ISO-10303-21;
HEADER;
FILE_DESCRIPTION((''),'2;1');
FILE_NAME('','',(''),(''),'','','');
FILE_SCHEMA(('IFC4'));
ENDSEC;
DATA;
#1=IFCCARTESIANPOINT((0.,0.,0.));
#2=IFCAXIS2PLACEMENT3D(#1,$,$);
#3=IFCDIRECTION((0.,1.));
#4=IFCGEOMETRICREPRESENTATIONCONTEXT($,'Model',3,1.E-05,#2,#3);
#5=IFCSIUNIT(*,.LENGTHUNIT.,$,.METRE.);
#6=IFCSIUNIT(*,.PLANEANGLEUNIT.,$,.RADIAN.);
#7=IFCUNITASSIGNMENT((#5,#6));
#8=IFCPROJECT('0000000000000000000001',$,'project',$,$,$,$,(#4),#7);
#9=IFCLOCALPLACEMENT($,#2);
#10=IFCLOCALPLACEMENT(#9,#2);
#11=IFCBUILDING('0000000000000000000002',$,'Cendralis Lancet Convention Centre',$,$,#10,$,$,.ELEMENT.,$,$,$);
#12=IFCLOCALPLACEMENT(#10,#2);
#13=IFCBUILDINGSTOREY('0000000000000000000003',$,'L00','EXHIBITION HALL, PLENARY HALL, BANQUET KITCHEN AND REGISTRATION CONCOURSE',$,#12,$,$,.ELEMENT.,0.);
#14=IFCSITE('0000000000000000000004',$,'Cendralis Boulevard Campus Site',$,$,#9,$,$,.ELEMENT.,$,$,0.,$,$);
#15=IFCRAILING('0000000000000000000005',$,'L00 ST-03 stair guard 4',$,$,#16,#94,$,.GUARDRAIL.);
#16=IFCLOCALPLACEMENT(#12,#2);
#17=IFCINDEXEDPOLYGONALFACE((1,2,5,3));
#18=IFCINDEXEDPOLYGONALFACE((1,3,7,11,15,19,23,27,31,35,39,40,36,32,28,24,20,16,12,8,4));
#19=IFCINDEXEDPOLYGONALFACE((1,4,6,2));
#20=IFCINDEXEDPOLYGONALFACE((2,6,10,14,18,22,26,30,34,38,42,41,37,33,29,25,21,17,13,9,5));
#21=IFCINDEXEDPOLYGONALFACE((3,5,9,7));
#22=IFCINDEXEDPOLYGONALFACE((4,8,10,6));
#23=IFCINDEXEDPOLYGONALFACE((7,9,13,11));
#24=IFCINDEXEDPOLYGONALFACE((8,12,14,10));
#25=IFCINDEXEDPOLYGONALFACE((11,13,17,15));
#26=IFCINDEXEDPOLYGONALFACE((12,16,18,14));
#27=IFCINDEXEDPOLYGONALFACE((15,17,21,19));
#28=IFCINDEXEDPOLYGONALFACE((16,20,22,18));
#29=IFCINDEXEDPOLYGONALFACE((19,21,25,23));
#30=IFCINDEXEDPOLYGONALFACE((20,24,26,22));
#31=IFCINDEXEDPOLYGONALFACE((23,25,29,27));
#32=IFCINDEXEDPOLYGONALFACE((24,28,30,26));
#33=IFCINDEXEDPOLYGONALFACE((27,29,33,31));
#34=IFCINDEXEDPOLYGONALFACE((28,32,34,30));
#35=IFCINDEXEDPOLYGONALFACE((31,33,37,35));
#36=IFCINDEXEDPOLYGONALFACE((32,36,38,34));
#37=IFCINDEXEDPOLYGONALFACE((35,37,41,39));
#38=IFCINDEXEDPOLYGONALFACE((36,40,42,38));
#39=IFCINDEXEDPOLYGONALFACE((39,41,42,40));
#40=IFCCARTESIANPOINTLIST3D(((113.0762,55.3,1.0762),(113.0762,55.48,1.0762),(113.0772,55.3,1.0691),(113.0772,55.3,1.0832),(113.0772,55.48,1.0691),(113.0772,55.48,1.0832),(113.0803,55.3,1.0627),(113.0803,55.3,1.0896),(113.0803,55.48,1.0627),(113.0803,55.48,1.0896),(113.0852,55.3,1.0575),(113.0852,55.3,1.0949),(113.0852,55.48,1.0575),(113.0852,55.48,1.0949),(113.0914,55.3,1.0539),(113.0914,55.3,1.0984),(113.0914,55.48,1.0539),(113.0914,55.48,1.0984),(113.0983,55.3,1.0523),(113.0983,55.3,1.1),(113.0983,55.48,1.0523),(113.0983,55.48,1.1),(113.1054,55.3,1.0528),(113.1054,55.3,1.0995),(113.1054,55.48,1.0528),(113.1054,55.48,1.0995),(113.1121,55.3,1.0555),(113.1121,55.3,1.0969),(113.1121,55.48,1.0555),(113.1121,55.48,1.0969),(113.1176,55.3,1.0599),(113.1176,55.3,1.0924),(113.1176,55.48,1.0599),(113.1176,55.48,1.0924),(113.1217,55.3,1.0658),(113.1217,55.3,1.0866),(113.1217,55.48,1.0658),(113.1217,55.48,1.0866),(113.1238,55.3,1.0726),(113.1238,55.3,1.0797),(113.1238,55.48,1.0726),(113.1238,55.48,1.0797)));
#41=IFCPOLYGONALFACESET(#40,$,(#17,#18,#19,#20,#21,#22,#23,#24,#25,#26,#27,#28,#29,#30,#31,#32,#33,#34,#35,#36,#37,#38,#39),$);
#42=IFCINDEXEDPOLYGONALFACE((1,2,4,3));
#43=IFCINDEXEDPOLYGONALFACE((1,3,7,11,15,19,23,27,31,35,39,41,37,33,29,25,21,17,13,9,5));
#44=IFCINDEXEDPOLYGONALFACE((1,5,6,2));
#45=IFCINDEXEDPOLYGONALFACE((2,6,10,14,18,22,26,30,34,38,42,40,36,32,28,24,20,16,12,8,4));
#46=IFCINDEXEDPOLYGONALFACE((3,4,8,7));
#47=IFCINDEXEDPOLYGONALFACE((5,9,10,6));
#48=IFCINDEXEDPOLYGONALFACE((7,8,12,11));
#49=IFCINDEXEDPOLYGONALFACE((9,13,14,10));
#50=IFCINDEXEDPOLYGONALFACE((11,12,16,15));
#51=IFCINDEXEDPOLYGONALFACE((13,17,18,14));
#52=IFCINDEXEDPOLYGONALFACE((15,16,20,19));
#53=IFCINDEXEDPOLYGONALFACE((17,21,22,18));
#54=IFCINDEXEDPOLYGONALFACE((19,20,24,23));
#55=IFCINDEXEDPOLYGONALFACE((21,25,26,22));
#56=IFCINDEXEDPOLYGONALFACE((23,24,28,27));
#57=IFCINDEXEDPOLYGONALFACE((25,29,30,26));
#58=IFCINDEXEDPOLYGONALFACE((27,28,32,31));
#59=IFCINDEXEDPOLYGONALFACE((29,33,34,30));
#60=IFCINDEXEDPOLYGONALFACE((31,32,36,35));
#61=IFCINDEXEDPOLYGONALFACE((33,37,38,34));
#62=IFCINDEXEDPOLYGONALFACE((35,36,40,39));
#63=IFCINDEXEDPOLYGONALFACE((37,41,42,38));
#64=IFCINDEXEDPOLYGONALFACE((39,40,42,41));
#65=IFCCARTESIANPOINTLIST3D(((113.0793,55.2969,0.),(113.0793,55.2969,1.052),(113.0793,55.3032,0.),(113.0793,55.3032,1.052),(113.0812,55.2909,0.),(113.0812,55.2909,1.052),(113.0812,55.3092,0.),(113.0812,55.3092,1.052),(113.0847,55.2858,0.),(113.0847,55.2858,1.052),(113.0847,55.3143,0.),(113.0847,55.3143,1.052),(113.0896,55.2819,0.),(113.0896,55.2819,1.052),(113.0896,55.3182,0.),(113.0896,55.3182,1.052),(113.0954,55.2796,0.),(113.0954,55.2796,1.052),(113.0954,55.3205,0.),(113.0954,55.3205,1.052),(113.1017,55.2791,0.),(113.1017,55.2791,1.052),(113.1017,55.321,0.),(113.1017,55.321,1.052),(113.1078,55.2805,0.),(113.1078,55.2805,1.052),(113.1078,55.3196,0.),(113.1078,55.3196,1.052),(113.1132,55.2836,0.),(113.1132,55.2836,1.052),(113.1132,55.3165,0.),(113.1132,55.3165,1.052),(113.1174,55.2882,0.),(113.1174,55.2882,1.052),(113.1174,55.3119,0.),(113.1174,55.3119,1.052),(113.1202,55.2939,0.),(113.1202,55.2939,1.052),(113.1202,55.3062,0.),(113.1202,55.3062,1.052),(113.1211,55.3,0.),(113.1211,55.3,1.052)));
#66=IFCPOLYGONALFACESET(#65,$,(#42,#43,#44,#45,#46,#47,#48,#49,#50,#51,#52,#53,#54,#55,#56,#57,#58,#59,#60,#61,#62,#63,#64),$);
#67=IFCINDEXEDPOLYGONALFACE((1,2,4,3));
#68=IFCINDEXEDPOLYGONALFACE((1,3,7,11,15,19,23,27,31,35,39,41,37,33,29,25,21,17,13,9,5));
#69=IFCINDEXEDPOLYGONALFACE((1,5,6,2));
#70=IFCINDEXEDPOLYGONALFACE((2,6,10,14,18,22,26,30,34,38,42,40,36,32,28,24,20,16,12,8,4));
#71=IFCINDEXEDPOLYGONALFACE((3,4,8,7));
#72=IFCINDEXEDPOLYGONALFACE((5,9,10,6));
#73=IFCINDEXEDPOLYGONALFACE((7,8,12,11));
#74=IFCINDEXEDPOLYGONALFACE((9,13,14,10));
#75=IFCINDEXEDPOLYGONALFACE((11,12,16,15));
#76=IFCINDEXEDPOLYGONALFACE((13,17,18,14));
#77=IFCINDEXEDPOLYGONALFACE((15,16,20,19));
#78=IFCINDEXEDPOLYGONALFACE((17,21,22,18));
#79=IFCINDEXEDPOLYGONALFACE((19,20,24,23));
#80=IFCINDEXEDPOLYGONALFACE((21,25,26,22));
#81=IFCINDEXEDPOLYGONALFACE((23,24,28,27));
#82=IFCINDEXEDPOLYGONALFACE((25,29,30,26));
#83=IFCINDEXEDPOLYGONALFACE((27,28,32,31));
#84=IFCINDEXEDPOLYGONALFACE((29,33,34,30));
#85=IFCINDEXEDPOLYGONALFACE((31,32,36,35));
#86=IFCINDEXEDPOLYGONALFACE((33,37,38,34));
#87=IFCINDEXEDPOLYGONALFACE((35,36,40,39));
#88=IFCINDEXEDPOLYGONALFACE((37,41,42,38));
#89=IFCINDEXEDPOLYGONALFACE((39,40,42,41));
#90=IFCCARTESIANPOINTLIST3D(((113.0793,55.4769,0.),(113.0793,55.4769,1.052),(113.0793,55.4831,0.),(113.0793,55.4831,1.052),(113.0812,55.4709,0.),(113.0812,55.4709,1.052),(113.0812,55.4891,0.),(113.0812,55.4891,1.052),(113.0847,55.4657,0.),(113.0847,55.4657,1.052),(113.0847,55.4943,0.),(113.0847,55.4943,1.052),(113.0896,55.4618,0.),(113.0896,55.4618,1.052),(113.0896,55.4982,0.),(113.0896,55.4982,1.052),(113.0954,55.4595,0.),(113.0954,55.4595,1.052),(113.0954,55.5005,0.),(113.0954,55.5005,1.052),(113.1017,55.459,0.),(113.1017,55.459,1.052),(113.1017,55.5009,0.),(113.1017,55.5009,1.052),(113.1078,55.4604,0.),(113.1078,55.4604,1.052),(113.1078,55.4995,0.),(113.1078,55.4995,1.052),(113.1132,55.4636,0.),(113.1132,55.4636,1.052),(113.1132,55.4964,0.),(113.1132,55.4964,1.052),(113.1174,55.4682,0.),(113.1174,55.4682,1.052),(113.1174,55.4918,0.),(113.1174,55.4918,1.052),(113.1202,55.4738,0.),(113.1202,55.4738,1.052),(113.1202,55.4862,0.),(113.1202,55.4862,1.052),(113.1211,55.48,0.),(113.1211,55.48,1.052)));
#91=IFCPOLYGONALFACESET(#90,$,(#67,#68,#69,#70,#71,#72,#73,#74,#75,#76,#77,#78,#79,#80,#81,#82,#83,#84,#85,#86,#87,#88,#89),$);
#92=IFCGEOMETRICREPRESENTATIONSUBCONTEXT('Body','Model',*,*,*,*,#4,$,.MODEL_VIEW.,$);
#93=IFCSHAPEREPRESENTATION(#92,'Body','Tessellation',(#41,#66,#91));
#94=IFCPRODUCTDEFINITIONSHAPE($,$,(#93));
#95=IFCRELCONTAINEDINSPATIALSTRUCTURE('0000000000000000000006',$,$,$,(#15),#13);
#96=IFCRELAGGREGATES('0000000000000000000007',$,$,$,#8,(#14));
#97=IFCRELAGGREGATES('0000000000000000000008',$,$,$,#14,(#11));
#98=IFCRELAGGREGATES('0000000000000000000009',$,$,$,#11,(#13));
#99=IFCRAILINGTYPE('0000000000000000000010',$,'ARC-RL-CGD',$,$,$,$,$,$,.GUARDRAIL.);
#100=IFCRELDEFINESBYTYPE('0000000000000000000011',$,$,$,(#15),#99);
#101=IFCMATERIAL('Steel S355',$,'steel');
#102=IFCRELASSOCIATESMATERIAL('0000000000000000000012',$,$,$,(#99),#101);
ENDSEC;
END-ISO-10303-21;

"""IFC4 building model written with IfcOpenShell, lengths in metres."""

from ifc_helpers import new_model, si_unit, direction, frame, origin, origin_2d, place, context, subcontext, project, spatial, circle, extrude, material, type_object, element, save


model = new_model("IFC4")

# Units and contexts
model_context = context("Model", 3, precision=1e-05, world=origin(), true_north=direction((0.0, 1.0)))
body_context = subcontext(model_context, "Body", "Model", "MODEL_VIEW")
ifc_project = project(units=[si_unit("LENGTHUNIT", "METRE"), si_unit("PLANEANGLEUNIT", "RADIAN")], contexts=[model_context])

# Site, building, storey
site_placement = place(None, origin())
site = spatial("IfcSite", under=ifc_project, at=site_placement, Name="Cendralis Boulevard Campus Site", CompositionType="ELEMENT", RefElevation=0.0)
building_placement = place(site_placement, origin())
building = spatial("IfcBuilding", under=site, at=building_placement, Name="Cendralis Lancet Convention Centre", CompositionType="ELEMENT")
storey_placement = place(building_placement, origin())
storey = spatial("IfcBuildingStorey", under=building, at=storey_placement, Name="L00", Description="EXHIBITION HALL, PLENARY HALL, BANQUET KITCHEN AND REGISTRATION CONCOURSE", CompositionType="ELEMENT", Elevation=0.0)

# Railing
ifc_material_1 = material(Name="Steel S355", Category="steel")
railing_type_1 = type_object("IfcRailingType", Name="ARC-RL-CGD", PredefinedType="GUARDRAIL", material=ifc_material_1)
railing_1_placement = place(storey_placement, frame((113.1001, 55.3, 0.0)))
element("IfcRailing", 1, at=railing_1_placement, inside=storey, type_object=railing_type_1, Name="L00 ST-03 stair guard 4", PredefinedType="GUARDRAIL", context=body_context, shape_type="SweptSolid", body=[
    extrude(circle(Radius=0.0239, at=origin_2d()), frame((0.0, 0.0, 1.0762), z_axis=(0.0, 1.0, 0.0), x_axis=(-1.0, 0.0, 0.0)), (0.0, 0.0, 1.0), 0.1799),
    extrude(circle(Radius=0.021, at=origin_2d()), origin(), (0.0, 0.0, 1.0), 1.052),
    extrude(circle(Radius=0.021, at=origin_2d()), frame((0.0, 0.1799, 0.0)), (0.0, 0.0, 1.0), 1.052),
])

save(model, "model.ifc")
